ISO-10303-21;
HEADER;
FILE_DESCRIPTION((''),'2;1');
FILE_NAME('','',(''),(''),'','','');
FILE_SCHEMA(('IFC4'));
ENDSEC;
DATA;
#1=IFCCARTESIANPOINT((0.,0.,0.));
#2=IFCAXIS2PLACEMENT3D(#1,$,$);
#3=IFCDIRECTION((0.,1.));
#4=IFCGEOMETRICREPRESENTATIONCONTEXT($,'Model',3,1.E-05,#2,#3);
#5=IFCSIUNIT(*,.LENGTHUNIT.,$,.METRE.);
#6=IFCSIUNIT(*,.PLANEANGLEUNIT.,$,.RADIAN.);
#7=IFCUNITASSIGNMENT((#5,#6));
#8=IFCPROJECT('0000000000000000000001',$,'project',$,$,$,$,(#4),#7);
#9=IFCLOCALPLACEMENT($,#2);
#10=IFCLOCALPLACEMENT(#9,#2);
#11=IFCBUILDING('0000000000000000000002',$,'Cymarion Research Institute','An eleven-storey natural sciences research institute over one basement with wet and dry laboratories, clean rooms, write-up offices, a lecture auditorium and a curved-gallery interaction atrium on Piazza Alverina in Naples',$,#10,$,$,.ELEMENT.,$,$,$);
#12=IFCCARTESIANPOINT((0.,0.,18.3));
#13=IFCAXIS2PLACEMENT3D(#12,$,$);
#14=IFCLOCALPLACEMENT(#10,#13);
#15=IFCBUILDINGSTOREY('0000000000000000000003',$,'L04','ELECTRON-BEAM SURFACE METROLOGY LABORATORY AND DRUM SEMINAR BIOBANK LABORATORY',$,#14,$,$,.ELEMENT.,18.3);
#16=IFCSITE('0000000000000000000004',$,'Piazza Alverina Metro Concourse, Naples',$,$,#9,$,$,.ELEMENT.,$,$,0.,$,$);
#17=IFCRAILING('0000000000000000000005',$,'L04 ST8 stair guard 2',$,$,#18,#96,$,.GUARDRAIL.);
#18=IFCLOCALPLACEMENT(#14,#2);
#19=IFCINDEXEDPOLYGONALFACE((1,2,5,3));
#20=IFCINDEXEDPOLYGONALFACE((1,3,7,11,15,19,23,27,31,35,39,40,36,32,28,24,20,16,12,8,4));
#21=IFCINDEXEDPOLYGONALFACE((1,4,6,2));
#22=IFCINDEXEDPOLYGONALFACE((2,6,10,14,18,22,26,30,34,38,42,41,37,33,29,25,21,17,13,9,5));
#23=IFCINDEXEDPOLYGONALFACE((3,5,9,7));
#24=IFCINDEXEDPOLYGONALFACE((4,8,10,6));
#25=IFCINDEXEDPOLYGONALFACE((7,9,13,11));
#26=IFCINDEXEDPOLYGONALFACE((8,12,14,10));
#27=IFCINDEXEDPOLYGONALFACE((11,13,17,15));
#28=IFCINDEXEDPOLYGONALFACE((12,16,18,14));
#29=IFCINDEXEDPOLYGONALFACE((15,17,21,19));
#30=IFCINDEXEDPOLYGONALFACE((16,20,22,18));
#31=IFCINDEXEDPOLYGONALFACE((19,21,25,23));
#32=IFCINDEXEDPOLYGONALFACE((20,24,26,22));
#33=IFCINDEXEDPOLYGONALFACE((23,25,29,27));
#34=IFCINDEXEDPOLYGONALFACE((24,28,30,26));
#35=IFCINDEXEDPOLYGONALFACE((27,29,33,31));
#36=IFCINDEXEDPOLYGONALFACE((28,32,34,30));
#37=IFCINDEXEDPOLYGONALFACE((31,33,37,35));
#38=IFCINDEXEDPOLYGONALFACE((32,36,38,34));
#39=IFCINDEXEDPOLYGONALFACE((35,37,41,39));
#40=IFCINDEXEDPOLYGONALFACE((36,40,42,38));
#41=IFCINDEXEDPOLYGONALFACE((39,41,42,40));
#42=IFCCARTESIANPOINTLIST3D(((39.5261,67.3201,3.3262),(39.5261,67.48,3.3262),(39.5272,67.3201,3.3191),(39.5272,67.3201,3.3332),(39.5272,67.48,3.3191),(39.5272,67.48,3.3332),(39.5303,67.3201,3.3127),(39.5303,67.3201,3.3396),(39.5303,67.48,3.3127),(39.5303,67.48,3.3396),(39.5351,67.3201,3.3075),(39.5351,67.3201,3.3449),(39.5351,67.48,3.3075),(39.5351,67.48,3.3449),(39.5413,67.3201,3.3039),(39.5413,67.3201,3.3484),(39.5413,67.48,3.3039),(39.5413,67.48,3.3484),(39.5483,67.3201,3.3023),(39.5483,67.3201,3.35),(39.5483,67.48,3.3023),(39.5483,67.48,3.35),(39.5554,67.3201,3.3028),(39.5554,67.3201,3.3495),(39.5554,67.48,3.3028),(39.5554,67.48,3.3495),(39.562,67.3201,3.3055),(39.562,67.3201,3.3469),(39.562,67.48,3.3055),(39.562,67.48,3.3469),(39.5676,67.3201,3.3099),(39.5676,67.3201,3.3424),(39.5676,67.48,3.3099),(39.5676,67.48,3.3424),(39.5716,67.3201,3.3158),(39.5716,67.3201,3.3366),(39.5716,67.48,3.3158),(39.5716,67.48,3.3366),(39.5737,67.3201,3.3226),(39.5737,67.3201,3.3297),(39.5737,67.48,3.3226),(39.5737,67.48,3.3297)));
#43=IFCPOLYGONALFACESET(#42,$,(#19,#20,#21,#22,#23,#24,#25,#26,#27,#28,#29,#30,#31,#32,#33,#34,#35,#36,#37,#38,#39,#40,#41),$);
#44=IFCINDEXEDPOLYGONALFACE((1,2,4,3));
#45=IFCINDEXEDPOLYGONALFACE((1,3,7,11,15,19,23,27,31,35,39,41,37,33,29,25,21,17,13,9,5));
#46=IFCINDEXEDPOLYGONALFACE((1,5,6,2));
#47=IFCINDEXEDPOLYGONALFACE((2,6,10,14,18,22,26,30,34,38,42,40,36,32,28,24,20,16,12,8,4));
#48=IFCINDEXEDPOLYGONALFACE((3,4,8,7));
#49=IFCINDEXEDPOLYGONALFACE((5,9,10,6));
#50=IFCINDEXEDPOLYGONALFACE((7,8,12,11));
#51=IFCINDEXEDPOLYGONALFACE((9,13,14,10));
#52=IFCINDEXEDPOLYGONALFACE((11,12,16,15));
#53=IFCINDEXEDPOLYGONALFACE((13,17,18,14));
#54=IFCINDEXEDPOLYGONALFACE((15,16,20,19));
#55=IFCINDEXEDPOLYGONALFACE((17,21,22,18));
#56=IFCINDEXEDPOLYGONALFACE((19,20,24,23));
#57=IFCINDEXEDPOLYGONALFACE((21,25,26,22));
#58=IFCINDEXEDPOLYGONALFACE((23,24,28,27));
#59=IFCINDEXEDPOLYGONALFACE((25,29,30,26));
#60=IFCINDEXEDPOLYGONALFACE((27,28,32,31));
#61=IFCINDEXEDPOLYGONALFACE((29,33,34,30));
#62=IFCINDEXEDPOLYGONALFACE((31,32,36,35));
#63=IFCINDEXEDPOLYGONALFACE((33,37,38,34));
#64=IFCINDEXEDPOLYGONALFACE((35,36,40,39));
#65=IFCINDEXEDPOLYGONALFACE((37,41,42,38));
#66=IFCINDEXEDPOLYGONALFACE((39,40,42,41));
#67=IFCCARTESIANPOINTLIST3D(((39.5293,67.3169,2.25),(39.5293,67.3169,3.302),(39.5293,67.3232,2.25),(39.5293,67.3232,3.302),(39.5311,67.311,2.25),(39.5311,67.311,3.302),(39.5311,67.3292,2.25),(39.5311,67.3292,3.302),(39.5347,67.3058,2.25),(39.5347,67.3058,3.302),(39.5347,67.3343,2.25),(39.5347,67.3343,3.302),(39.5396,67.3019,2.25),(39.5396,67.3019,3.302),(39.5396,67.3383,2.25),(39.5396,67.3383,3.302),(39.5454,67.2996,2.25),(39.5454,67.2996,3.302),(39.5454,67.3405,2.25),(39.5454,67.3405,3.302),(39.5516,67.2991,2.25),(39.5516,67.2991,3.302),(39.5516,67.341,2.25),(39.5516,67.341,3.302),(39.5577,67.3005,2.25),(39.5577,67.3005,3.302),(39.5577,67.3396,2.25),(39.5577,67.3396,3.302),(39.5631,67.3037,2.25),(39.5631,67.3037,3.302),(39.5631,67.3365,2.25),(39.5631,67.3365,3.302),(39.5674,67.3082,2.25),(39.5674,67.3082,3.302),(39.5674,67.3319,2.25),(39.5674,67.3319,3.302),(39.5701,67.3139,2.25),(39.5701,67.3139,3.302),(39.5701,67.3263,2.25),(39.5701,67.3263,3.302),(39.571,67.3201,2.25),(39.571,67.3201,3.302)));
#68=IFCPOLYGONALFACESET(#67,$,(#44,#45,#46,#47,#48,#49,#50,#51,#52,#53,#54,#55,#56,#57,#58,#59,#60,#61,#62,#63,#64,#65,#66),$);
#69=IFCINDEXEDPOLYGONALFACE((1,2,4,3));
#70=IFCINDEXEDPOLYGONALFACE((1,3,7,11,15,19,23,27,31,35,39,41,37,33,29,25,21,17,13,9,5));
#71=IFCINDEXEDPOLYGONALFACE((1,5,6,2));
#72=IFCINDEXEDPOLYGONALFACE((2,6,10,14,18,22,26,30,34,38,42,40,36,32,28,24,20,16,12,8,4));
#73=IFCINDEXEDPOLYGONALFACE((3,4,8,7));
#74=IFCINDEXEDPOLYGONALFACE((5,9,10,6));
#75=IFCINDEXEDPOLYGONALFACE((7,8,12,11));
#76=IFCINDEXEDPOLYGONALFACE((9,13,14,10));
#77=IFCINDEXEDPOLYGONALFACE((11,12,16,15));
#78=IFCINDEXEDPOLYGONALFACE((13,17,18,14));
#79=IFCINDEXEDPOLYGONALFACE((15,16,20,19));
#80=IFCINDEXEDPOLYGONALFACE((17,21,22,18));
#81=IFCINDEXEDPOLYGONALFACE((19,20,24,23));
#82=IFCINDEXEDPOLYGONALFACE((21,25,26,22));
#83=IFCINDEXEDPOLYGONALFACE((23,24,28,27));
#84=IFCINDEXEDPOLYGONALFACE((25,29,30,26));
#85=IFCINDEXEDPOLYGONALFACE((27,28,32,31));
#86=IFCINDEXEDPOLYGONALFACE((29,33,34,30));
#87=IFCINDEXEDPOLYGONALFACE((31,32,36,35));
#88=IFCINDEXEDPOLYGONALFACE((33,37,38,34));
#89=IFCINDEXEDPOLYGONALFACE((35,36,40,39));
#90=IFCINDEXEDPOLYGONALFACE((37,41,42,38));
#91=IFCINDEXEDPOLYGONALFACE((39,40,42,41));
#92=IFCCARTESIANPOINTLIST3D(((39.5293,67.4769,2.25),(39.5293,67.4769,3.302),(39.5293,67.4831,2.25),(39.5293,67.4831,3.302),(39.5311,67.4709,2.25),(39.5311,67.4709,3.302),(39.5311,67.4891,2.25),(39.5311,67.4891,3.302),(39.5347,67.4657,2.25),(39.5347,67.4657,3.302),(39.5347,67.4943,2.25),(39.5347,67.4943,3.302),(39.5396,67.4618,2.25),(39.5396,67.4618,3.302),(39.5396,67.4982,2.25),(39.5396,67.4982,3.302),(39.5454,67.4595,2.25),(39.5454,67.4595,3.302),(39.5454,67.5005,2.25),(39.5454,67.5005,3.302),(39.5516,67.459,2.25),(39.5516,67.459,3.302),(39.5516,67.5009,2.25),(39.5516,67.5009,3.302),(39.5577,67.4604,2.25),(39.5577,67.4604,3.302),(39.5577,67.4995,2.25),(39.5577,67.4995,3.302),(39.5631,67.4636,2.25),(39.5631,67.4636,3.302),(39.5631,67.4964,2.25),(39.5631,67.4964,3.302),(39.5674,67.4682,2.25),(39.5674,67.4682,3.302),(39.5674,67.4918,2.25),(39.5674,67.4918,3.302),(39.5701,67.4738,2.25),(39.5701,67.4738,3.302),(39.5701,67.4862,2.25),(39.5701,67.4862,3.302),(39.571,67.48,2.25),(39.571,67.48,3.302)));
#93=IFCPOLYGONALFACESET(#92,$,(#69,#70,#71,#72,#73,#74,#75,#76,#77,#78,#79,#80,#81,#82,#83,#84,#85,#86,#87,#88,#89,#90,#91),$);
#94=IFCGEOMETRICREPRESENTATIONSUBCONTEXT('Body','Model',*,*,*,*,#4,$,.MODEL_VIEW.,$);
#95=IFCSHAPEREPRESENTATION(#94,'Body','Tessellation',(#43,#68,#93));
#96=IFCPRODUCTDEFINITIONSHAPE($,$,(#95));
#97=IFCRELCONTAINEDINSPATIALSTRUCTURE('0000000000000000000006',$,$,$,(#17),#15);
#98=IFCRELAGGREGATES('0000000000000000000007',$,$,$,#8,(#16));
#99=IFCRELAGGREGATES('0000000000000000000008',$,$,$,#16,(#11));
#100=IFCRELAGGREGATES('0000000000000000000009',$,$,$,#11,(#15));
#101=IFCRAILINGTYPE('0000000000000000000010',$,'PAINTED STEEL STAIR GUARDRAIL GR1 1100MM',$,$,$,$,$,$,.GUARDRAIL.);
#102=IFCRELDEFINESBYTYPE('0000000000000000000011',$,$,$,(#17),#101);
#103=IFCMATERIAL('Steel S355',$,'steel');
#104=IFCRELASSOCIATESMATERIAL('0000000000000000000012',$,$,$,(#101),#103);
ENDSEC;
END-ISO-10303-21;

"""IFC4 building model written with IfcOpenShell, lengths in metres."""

from ifc_helpers import new_model, si_unit, direction, frame, origin, origin_2d, place, context, subcontext, project, spatial, circle, extrude, material, type_object, element, save


model = new_model("IFC4")

# Units and contexts
model_context = context("Model", 3, precision=1e-05, world=origin(), true_north=direction((0.0, 1.0)))
body_context = subcontext(model_context, "Body", "Model", "MODEL_VIEW")
ifc_project = project(units=[si_unit("LENGTHUNIT", "METRE"), si_unit("PLANEANGLEUNIT", "RADIAN")], contexts=[model_context])

# Site, building, storey
site_placement = place(None, origin())
site = spatial("IfcSite", under=ifc_project, at=site_placement, Name="Piazza Alverina Metro Concourse, Naples", CompositionType="ELEMENT", RefElevation=0.0)
building_placement = place(site_placement, origin())
building = spatial("IfcBuilding", under=site, at=building_placement, Name="Cymarion Research Institute", Description="An eleven-storey natural sciences research institute over one basement with wet and dry laboratories, clean rooms, write-up offices, a lecture auditorium and a curved-gallery interaction atrium on Piazza Alverina in Naples", CompositionType="ELEMENT")
storey_placement = place(building_placement, frame((0.0, 0.0, 18.3)))
storey = spatial("IfcBuildingStorey", under=building, at=storey_placement, Name="L04", Description="ELECTRON-BEAM SURFACE METROLOGY LABORATORY AND DRUM SEMINAR BIOBANK LABORATORY", CompositionType="ELEMENT", Elevation=18.3)

# Shared definitions
ifc_material_1 = material(Name="Steel S355", Category="steel")

# Railing
railing_type_1 = type_object("IfcRailingType", Name="PAINTED STEEL STAIR GUARDRAIL GR1 1100MM", PredefinedType="GUARDRAIL", material=ifc_material_1)
railing_1_placement = place(storey_placement, frame((39.55, 67.3201, 2.25)))
element("IfcRailing", 1, at=railing_1_placement, inside=storey, type_object=railing_type_1, Name="L04 ST8 stair guard 2", PredefinedType="GUARDRAIL", context=body_context, shape_type="SweptSolid", body=[
    extrude(circle(Radius=0.0239, at=origin_2d()), frame((0.0, 0.0, 1.0762), z_axis=(0.0, 1.0, 0.0), x_axis=(-1.0, 0.0, 0.0)), (0.0, 0.0, 1.0), 0.1599),
    extrude(circle(Radius=0.021, at=origin_2d()), origin(), (0.0, 0.0, 1.0), 1.052),
    extrude(circle(Radius=0.021, at=origin_2d()), frame((0.0, 0.1599, 0.0)), (0.0, 0.0, 1.0), 1.052),
])

save(model, "model.ifc")
